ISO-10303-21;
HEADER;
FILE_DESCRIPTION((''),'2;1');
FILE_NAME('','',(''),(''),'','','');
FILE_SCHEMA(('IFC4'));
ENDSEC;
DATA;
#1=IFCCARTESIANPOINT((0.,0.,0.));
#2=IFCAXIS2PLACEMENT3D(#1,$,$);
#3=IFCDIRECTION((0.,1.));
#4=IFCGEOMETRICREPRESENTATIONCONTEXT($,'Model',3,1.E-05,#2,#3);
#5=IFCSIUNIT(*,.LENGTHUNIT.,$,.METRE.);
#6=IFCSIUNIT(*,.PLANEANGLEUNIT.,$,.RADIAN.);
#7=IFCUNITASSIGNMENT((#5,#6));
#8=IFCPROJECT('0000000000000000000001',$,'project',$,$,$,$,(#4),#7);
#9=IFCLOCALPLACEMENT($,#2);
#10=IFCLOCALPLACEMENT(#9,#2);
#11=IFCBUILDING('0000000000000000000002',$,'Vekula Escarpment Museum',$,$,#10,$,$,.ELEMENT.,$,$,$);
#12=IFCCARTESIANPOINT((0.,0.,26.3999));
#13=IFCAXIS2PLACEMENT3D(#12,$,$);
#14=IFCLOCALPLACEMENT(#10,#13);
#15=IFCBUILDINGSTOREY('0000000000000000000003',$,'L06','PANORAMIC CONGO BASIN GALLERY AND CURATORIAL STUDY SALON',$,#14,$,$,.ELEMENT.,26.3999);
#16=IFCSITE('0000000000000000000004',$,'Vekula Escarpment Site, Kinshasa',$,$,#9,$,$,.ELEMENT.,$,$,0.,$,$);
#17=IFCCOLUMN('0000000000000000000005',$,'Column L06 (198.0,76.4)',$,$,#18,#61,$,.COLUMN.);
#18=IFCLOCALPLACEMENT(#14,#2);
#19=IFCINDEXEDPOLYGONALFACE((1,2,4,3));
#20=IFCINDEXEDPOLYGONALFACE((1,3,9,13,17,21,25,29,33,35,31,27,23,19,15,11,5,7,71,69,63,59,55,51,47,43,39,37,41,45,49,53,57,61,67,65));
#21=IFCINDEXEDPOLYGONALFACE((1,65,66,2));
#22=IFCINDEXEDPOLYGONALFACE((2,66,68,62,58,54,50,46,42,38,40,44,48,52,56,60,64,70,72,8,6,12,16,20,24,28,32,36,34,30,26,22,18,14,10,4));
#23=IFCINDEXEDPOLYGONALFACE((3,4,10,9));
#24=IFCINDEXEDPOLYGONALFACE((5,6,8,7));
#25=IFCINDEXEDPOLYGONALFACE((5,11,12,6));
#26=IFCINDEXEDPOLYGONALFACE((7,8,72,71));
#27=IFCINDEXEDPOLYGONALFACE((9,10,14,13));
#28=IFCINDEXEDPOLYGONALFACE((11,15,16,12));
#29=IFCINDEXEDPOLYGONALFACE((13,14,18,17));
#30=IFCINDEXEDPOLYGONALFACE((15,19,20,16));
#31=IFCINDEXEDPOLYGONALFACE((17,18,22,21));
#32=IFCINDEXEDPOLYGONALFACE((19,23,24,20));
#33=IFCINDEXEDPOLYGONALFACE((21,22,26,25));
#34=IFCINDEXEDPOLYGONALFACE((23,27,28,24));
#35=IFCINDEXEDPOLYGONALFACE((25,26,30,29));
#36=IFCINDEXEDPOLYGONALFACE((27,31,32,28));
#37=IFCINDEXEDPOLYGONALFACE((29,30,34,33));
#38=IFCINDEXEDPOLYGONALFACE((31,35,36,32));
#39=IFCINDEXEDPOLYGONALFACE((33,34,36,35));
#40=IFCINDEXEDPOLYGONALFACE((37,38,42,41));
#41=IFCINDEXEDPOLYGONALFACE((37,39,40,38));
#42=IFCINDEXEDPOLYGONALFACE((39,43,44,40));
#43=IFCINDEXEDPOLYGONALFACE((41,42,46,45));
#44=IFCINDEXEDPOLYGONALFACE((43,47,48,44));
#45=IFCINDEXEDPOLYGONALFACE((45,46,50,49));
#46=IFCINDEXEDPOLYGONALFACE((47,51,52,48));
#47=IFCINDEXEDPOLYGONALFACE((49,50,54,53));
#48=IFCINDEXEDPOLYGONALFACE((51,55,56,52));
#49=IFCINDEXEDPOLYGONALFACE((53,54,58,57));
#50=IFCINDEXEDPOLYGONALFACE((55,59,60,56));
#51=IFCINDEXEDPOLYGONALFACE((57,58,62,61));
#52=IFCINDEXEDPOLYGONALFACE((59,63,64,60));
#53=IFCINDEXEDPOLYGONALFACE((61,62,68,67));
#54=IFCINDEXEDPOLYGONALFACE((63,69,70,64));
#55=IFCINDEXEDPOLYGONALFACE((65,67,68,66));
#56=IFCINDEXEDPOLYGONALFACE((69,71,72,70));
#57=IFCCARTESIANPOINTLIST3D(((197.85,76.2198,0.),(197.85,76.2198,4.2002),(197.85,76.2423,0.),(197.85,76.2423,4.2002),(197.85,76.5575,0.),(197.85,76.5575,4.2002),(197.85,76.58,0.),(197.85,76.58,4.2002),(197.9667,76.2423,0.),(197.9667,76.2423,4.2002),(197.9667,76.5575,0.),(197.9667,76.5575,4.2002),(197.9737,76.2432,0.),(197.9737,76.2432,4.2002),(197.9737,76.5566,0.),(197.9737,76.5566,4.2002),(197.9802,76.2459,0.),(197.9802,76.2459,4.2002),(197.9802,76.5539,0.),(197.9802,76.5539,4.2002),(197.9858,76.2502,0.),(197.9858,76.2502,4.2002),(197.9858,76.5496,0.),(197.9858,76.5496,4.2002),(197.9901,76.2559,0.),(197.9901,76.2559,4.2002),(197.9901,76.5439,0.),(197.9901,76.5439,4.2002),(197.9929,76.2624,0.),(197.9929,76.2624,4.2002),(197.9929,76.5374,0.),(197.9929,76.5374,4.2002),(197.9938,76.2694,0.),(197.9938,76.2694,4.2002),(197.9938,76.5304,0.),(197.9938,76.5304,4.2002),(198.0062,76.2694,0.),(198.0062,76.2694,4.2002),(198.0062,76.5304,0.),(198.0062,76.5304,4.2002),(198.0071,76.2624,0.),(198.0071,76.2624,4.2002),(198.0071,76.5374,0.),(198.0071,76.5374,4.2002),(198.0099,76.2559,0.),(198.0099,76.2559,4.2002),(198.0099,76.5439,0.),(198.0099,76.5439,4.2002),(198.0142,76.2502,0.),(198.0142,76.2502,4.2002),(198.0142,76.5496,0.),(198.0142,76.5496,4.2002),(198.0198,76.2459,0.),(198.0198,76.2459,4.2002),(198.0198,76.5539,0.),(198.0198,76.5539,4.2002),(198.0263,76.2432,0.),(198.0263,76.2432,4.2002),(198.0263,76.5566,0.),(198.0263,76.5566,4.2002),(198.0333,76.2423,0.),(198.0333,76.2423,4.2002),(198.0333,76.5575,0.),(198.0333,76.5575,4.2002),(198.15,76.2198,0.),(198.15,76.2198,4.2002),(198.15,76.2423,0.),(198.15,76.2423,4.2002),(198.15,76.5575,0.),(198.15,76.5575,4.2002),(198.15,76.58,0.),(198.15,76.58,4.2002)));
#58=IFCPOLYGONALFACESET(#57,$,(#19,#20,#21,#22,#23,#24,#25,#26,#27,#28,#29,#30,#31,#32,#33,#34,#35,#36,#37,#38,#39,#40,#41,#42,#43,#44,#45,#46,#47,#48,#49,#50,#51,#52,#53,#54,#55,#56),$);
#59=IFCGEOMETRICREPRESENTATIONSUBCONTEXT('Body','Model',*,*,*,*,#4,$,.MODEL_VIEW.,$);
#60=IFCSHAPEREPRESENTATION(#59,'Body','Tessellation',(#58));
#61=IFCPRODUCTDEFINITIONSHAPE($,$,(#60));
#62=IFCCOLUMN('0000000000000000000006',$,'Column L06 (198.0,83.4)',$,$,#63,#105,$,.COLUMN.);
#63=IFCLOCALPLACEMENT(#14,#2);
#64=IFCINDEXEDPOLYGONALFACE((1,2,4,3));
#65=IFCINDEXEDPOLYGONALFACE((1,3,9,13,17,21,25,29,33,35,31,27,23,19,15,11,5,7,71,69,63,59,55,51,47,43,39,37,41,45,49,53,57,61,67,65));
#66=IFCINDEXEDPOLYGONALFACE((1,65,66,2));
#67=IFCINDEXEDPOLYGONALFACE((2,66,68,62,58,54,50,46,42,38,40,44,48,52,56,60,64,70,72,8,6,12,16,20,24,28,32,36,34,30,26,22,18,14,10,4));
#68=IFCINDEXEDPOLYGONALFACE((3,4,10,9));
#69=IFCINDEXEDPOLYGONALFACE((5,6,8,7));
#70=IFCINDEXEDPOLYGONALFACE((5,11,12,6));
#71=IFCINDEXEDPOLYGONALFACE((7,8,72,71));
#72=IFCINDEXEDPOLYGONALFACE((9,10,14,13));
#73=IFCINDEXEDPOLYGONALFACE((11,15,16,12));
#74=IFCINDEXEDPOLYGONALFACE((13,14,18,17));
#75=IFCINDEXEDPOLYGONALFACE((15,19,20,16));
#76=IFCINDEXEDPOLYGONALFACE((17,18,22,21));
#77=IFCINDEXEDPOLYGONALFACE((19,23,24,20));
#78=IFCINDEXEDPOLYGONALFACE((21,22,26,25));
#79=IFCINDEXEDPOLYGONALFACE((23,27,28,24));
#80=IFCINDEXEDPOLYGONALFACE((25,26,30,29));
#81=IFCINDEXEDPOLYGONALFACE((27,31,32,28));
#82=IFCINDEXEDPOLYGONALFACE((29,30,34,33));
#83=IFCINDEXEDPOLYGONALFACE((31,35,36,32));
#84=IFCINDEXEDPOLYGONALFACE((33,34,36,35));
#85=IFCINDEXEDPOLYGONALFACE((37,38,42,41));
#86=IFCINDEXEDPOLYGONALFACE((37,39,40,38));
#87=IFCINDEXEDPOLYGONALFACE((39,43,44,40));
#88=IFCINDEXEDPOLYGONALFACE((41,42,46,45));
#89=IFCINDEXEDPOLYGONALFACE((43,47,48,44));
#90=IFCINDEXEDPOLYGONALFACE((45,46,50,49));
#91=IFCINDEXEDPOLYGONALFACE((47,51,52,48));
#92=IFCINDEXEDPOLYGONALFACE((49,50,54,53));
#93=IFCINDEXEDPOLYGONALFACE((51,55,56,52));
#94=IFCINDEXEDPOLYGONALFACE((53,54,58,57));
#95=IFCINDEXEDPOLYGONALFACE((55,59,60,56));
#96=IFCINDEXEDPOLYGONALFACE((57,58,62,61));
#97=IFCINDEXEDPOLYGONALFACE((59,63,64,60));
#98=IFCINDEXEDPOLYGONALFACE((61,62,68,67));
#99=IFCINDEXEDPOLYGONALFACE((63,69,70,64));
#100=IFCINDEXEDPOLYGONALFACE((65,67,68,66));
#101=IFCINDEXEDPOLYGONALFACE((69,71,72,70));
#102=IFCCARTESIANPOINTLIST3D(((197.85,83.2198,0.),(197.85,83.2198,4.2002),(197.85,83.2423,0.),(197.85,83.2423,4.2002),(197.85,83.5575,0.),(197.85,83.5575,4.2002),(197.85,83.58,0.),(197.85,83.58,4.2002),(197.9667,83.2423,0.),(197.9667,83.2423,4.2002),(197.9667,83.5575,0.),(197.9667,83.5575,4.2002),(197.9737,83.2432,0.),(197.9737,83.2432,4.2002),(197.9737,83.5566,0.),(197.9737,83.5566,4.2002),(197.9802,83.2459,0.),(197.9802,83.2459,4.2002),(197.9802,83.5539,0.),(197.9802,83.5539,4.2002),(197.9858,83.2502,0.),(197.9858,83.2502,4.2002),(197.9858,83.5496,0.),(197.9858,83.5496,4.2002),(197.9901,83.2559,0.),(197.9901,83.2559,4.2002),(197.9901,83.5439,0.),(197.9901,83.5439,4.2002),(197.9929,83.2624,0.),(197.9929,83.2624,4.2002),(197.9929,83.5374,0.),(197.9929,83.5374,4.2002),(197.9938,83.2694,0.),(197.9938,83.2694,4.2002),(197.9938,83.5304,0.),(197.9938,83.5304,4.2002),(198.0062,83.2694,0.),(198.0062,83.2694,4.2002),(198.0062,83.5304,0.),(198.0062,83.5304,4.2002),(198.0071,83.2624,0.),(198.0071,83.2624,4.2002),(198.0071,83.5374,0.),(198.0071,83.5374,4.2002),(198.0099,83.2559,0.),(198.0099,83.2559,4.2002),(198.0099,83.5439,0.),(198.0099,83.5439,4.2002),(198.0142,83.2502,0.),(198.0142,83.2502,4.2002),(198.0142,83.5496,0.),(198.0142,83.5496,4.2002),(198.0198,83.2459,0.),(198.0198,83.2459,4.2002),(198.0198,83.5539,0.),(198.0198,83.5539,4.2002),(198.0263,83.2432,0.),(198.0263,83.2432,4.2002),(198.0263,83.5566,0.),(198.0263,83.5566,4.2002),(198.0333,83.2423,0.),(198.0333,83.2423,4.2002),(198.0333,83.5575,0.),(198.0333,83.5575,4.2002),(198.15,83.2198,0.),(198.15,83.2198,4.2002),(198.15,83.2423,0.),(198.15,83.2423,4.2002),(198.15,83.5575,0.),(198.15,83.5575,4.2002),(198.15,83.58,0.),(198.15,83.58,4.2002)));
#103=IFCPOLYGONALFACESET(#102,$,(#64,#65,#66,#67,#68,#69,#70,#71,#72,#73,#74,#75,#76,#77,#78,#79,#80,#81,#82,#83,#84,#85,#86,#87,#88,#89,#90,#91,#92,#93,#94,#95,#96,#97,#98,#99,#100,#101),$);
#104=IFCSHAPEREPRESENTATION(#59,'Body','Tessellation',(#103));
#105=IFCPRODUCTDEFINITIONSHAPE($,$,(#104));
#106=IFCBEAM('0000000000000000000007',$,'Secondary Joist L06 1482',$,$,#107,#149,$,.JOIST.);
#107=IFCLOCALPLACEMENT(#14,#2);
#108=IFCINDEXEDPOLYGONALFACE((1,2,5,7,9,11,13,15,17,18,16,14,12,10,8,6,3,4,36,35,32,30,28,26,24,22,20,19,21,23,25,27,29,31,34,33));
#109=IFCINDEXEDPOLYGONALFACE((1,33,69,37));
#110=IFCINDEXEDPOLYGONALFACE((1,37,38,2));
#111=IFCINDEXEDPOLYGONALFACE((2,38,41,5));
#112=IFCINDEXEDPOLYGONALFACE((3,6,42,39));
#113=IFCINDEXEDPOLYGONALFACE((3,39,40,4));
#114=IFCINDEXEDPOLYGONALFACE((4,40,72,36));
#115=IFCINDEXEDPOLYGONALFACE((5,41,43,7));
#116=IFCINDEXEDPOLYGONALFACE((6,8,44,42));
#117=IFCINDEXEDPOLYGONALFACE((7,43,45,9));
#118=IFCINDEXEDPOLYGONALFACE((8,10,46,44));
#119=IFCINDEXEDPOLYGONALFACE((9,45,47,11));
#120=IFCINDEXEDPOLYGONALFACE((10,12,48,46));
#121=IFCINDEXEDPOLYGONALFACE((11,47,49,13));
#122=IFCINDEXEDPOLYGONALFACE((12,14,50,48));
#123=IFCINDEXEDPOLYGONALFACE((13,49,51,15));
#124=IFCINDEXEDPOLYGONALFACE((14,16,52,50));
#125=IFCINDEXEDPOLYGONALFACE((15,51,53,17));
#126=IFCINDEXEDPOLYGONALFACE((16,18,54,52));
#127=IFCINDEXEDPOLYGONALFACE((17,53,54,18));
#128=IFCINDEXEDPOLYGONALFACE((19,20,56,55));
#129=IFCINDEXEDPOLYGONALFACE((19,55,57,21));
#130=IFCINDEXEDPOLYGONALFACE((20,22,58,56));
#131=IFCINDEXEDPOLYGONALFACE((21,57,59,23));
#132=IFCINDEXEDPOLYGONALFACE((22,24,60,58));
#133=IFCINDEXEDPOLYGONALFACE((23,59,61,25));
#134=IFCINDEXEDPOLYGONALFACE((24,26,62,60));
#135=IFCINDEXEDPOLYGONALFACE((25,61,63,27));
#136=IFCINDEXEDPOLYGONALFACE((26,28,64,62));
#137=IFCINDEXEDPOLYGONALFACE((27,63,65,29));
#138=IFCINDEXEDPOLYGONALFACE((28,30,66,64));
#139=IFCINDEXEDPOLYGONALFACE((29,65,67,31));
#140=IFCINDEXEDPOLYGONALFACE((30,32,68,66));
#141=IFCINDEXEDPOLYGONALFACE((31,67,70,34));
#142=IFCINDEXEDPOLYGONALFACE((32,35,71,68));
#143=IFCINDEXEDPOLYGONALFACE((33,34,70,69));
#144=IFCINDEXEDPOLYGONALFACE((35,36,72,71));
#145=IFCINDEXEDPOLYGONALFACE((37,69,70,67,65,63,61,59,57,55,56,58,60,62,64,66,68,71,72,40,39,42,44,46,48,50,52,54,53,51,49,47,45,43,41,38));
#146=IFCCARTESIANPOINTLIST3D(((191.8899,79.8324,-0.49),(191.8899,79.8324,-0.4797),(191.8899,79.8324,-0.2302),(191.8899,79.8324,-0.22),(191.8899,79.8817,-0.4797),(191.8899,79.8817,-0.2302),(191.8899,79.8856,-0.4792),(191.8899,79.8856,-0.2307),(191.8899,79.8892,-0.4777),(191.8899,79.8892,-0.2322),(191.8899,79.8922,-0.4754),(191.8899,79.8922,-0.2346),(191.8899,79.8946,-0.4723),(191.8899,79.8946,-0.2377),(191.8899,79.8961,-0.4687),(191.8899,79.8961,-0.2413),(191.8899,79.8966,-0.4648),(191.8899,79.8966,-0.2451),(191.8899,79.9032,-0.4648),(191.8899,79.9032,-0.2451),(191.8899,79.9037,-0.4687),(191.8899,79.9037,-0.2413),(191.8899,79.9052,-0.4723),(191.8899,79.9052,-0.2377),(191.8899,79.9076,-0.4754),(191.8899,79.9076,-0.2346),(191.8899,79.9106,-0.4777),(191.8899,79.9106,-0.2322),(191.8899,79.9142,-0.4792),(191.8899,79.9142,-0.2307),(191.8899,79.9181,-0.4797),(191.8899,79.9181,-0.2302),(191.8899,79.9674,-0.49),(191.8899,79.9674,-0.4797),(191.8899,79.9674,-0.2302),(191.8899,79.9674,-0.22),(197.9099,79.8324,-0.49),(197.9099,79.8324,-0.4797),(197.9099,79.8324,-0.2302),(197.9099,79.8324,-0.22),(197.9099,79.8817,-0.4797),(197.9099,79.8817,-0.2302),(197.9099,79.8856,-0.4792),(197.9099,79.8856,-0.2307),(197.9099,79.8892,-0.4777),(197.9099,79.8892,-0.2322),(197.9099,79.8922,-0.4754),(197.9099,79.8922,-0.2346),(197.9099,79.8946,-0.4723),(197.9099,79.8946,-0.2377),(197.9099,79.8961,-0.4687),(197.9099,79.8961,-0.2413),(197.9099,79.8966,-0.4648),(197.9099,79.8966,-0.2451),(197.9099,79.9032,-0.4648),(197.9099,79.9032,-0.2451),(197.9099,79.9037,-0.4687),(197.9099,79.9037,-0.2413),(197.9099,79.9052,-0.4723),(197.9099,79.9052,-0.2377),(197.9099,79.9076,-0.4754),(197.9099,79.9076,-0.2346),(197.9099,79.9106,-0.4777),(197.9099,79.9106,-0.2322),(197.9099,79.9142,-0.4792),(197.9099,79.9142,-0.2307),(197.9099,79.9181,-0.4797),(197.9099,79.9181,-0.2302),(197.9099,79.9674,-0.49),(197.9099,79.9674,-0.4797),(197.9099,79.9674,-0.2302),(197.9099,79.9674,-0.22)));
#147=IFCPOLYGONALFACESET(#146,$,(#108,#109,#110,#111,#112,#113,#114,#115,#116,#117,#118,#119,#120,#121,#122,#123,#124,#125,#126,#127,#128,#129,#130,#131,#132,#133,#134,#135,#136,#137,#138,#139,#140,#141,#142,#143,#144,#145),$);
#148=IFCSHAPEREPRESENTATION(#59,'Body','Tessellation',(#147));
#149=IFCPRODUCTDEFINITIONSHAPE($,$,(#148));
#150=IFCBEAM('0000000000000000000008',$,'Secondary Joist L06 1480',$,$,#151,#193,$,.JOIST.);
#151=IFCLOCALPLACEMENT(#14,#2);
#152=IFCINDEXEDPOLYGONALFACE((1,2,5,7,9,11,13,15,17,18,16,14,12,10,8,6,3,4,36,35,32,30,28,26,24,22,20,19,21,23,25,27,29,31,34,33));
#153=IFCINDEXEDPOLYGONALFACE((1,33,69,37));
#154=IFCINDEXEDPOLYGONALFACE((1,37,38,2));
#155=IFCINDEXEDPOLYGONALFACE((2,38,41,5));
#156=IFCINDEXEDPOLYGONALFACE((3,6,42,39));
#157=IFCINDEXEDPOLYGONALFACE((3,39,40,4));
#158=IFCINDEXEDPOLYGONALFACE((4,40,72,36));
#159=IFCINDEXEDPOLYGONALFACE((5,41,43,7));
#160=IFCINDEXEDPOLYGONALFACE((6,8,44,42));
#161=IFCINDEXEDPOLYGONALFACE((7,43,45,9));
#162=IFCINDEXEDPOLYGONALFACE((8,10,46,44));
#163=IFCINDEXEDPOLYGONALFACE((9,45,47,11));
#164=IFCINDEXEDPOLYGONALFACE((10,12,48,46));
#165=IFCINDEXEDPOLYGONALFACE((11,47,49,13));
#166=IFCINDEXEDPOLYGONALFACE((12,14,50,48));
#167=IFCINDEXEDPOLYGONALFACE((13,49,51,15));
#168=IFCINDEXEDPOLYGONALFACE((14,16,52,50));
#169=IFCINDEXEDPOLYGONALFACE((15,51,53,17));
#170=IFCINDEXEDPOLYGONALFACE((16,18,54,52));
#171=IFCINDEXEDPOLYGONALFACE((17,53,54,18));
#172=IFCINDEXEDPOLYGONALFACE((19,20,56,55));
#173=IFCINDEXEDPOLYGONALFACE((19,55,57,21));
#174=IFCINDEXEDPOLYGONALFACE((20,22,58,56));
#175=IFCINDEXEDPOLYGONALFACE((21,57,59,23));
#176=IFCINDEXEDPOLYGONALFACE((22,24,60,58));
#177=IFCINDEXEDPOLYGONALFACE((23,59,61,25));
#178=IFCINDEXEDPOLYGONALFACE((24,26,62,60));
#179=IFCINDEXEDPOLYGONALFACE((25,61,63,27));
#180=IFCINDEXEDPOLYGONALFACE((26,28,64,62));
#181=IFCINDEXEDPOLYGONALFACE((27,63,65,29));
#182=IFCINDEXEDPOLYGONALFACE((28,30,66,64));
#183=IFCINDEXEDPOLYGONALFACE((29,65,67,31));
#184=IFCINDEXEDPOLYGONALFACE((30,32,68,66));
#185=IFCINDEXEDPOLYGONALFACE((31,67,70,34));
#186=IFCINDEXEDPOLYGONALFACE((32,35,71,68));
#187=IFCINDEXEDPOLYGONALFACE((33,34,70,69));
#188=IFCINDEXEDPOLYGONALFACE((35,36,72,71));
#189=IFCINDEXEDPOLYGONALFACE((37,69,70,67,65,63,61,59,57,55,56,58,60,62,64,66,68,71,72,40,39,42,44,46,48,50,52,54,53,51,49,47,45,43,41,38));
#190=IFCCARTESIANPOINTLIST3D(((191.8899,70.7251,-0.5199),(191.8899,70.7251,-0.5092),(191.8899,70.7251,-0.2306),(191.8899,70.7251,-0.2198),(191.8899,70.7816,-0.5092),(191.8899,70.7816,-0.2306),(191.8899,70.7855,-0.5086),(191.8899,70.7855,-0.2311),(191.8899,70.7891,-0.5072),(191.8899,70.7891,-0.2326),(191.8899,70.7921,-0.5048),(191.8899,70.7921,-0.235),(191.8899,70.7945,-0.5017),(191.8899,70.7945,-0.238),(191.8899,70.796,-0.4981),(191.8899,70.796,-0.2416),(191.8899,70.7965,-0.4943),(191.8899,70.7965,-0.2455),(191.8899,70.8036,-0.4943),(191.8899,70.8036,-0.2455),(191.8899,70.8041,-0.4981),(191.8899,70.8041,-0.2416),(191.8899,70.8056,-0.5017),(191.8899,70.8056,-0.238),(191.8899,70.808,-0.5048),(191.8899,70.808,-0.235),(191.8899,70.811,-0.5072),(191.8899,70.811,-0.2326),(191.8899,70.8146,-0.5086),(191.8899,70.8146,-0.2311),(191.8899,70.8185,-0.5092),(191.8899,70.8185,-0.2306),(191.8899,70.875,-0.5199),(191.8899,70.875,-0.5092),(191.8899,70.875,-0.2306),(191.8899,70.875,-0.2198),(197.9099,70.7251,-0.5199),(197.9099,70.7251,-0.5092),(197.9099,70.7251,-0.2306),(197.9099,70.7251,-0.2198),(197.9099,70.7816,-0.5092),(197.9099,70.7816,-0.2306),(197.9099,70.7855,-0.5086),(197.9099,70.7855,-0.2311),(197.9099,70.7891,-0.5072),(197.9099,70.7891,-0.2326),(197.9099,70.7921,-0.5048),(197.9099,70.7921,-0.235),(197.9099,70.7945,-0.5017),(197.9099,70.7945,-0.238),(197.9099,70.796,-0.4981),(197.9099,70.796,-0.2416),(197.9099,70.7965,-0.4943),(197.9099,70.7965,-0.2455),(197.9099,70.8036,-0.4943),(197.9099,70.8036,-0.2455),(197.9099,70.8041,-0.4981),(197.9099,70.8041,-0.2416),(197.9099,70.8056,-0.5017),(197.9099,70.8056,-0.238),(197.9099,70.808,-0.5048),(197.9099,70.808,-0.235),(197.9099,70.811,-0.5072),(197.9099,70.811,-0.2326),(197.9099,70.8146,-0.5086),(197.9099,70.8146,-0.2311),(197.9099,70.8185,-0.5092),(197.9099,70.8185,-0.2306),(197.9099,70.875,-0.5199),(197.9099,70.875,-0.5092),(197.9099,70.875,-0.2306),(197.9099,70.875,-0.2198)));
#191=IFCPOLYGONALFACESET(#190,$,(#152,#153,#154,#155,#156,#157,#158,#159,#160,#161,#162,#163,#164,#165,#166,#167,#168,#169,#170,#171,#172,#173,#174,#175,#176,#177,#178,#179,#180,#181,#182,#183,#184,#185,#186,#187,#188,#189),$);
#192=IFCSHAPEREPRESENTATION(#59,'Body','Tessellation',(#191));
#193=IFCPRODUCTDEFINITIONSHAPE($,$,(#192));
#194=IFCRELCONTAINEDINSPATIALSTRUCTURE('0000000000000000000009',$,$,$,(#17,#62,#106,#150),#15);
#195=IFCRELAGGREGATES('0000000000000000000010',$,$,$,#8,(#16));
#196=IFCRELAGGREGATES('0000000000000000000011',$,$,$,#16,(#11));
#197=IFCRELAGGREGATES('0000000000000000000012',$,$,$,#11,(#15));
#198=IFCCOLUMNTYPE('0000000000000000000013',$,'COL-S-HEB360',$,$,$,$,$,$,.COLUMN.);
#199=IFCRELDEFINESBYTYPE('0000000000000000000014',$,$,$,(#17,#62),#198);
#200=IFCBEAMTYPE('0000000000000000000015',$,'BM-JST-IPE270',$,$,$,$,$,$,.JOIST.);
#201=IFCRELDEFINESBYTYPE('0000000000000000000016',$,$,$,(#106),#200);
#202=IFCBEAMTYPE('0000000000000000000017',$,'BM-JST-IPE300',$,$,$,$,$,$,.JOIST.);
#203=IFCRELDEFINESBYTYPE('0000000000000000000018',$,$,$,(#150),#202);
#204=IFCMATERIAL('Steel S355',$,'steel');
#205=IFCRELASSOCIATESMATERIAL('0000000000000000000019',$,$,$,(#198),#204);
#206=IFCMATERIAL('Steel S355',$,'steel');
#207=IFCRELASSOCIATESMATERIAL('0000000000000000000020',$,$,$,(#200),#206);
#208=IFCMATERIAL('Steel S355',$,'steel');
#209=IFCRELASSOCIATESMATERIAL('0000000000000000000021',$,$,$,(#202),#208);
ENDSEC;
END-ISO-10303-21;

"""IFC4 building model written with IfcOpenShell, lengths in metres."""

from ifc_helpers import new_model, si_unit, direction, frame, origin, origin_2d, place, context, subcontext, project, spatial, i_section, extrude, material, material_profile, profile_set, type_object, element, save


model = new_model("IFC4")

# Units and contexts
model_context = context("Model", 3, precision=1e-05, world=origin(), true_north=direction((0.0, 1.0)))
body_context = subcontext(model_context, "Body", "Model", "MODEL_VIEW")
ifc_project = project(units=[si_unit("LENGTHUNIT", "METRE"), si_unit("PLANEANGLEUNIT", "RADIAN")], contexts=[model_context])

# Site, building, storey
site_placement = place(None, origin())
site = spatial("IfcSite", under=ifc_project, at=site_placement, Name="Vekula Escarpment Site, Kinshasa", CompositionType="ELEMENT", RefElevation=0.0)
building_placement = place(site_placement, origin())
building = spatial("IfcBuilding", under=site, at=building_placement, Name="Vekula Escarpment Museum", CompositionType="ELEMENT")
storey_placement = place(building_placement, frame((0.0, 0.0, 26.3999)))
storey = spatial("IfcBuildingStorey", under=building, at=storey_placement, Name="L06", Description="PANORAMIC CONGO BASIN GALLERY AND CURATORIAL STUDY SALON", CompositionType="ELEMENT", Elevation=26.3999)

# Columns
ifc_material_1 = material(Name="Steel S355", Category="steel")
ifc_material_profile_1 = material_profile(ifc_material_1, i_section(OverallWidth=0.3, OverallDepth=0.3601, WebThickness=0.0125, FlangeThickness=0.0225, FilletRadius=0.0271, at=origin_2d()), Name="HEB 360")
ifc_profile_set_1 = profile_set([ifc_material_profile_1], Name="Steel S355")
column_type = type_object("IfcColumnType", Name="COL-S-HEB360", PredefinedType="COLUMN", material=ifc_profile_set_1)
for number, where, z_axis, x_axis, name in (
    (1, (198.0, 76.3999, 0.0), (0.0, 0.0, 1.0), (1.0, 0.0, 0.0), "Column L06 (198.0,76.4)"),
    (2, (198.0, 83.3999, 0.0), (0.0, 0.0, 1.0), (1.0, 0.0, 0.0), "Column L06 (198.0,83.4)"),
):
    element("IfcColumn", number, at=place(storey_placement, frame(where, z_axis=z_axis, x_axis=x_axis)), inside=storey, type_object=column_type, Name=name, PredefinedType="COLUMN", context=body_context, shape_type="SweptSolid", body=[
        extrude(i_section(OverallWidth=0.3, OverallDepth=0.3601, WebThickness=0.0125, FlangeThickness=0.0225, FilletRadius=0.0271, at=origin_2d()), origin(), (0.0, 0.0, 1.0), 4.2002),
    ])

# Beams
ifc_material_2 = material(Name="Steel S355", Category="steel")
ifc_material_profile_2 = material_profile(ifc_material_2, i_section(OverallWidth=0.135, OverallDepth=0.27, WebThickness=0.0066, FlangeThickness=0.0103, FilletRadius=0.0149, at=origin_2d()), Name="IPE 270")
ifc_profile_set_2 = profile_set([ifc_material_profile_2], Name="Steel S355")
beam_type_1 = type_object("IfcBeamType", Name="BM-JST-IPE270", PredefinedType="JOIST", material=ifc_profile_set_2)
beam_placement = place(storey_placement, frame((191.8899, 79.8999, -0.355), z_axis=(1.0, 0.0, 0.0), x_axis=(0.0, 1.0, 0.0)))
element("IfcBeam", 3, at=beam_placement, inside=storey, type_object=beam_type_1, Name="Secondary Joist L06 1482", PredefinedType="JOIST", context=body_context, shape_type="SweptSolid", body=[
    extrude(i_section(OverallWidth=0.135, OverallDepth=0.27, WebThickness=0.0066, FlangeThickness=0.0103, FilletRadius=0.0149, at=origin_2d()), origin(), (0.0, 0.0, 1.0), 6.02),
])
ifc_material_3 = material(Name="Steel S355", Category="steel")
ifc_material_profile_3 = material_profile(ifc_material_3, i_section(OverallWidth=0.1499, OverallDepth=0.3, WebThickness=0.0071, FlangeThickness=0.0107, FilletRadius=0.0149, at=origin_2d()), Name="IPE 300")
ifc_profile_set_3 = profile_set([ifc_material_profile_3], Name="Steel S355")
beam_type_2 = type_object("IfcBeamType", Name="BM-JST-IPE300", PredefinedType="JOIST", material=ifc_profile_set_3)
for number, where, z_axis, x_axis, name in (
    (4, (191.8899, 70.8, -0.3699), (1.0, 0.0, 0.0), (0.0, 1.0, 0.0), "Secondary Joist L06 1480"),
):
    element("IfcBeam", number, at=place(storey_placement, frame(where, z_axis=z_axis, x_axis=x_axis)), inside=storey, type_object=beam_type_2, Name=name, PredefinedType="JOIST", context=body_context, shape_type="SweptSolid", body=[
        extrude(i_section(OverallWidth=0.1499, OverallDepth=0.3, WebThickness=0.0071, FlangeThickness=0.0107, FilletRadius=0.0149, at=origin_2d()), origin(), (0.0, 0.0, 1.0), 6.02),
    ])

save(model, "model.ifc")
